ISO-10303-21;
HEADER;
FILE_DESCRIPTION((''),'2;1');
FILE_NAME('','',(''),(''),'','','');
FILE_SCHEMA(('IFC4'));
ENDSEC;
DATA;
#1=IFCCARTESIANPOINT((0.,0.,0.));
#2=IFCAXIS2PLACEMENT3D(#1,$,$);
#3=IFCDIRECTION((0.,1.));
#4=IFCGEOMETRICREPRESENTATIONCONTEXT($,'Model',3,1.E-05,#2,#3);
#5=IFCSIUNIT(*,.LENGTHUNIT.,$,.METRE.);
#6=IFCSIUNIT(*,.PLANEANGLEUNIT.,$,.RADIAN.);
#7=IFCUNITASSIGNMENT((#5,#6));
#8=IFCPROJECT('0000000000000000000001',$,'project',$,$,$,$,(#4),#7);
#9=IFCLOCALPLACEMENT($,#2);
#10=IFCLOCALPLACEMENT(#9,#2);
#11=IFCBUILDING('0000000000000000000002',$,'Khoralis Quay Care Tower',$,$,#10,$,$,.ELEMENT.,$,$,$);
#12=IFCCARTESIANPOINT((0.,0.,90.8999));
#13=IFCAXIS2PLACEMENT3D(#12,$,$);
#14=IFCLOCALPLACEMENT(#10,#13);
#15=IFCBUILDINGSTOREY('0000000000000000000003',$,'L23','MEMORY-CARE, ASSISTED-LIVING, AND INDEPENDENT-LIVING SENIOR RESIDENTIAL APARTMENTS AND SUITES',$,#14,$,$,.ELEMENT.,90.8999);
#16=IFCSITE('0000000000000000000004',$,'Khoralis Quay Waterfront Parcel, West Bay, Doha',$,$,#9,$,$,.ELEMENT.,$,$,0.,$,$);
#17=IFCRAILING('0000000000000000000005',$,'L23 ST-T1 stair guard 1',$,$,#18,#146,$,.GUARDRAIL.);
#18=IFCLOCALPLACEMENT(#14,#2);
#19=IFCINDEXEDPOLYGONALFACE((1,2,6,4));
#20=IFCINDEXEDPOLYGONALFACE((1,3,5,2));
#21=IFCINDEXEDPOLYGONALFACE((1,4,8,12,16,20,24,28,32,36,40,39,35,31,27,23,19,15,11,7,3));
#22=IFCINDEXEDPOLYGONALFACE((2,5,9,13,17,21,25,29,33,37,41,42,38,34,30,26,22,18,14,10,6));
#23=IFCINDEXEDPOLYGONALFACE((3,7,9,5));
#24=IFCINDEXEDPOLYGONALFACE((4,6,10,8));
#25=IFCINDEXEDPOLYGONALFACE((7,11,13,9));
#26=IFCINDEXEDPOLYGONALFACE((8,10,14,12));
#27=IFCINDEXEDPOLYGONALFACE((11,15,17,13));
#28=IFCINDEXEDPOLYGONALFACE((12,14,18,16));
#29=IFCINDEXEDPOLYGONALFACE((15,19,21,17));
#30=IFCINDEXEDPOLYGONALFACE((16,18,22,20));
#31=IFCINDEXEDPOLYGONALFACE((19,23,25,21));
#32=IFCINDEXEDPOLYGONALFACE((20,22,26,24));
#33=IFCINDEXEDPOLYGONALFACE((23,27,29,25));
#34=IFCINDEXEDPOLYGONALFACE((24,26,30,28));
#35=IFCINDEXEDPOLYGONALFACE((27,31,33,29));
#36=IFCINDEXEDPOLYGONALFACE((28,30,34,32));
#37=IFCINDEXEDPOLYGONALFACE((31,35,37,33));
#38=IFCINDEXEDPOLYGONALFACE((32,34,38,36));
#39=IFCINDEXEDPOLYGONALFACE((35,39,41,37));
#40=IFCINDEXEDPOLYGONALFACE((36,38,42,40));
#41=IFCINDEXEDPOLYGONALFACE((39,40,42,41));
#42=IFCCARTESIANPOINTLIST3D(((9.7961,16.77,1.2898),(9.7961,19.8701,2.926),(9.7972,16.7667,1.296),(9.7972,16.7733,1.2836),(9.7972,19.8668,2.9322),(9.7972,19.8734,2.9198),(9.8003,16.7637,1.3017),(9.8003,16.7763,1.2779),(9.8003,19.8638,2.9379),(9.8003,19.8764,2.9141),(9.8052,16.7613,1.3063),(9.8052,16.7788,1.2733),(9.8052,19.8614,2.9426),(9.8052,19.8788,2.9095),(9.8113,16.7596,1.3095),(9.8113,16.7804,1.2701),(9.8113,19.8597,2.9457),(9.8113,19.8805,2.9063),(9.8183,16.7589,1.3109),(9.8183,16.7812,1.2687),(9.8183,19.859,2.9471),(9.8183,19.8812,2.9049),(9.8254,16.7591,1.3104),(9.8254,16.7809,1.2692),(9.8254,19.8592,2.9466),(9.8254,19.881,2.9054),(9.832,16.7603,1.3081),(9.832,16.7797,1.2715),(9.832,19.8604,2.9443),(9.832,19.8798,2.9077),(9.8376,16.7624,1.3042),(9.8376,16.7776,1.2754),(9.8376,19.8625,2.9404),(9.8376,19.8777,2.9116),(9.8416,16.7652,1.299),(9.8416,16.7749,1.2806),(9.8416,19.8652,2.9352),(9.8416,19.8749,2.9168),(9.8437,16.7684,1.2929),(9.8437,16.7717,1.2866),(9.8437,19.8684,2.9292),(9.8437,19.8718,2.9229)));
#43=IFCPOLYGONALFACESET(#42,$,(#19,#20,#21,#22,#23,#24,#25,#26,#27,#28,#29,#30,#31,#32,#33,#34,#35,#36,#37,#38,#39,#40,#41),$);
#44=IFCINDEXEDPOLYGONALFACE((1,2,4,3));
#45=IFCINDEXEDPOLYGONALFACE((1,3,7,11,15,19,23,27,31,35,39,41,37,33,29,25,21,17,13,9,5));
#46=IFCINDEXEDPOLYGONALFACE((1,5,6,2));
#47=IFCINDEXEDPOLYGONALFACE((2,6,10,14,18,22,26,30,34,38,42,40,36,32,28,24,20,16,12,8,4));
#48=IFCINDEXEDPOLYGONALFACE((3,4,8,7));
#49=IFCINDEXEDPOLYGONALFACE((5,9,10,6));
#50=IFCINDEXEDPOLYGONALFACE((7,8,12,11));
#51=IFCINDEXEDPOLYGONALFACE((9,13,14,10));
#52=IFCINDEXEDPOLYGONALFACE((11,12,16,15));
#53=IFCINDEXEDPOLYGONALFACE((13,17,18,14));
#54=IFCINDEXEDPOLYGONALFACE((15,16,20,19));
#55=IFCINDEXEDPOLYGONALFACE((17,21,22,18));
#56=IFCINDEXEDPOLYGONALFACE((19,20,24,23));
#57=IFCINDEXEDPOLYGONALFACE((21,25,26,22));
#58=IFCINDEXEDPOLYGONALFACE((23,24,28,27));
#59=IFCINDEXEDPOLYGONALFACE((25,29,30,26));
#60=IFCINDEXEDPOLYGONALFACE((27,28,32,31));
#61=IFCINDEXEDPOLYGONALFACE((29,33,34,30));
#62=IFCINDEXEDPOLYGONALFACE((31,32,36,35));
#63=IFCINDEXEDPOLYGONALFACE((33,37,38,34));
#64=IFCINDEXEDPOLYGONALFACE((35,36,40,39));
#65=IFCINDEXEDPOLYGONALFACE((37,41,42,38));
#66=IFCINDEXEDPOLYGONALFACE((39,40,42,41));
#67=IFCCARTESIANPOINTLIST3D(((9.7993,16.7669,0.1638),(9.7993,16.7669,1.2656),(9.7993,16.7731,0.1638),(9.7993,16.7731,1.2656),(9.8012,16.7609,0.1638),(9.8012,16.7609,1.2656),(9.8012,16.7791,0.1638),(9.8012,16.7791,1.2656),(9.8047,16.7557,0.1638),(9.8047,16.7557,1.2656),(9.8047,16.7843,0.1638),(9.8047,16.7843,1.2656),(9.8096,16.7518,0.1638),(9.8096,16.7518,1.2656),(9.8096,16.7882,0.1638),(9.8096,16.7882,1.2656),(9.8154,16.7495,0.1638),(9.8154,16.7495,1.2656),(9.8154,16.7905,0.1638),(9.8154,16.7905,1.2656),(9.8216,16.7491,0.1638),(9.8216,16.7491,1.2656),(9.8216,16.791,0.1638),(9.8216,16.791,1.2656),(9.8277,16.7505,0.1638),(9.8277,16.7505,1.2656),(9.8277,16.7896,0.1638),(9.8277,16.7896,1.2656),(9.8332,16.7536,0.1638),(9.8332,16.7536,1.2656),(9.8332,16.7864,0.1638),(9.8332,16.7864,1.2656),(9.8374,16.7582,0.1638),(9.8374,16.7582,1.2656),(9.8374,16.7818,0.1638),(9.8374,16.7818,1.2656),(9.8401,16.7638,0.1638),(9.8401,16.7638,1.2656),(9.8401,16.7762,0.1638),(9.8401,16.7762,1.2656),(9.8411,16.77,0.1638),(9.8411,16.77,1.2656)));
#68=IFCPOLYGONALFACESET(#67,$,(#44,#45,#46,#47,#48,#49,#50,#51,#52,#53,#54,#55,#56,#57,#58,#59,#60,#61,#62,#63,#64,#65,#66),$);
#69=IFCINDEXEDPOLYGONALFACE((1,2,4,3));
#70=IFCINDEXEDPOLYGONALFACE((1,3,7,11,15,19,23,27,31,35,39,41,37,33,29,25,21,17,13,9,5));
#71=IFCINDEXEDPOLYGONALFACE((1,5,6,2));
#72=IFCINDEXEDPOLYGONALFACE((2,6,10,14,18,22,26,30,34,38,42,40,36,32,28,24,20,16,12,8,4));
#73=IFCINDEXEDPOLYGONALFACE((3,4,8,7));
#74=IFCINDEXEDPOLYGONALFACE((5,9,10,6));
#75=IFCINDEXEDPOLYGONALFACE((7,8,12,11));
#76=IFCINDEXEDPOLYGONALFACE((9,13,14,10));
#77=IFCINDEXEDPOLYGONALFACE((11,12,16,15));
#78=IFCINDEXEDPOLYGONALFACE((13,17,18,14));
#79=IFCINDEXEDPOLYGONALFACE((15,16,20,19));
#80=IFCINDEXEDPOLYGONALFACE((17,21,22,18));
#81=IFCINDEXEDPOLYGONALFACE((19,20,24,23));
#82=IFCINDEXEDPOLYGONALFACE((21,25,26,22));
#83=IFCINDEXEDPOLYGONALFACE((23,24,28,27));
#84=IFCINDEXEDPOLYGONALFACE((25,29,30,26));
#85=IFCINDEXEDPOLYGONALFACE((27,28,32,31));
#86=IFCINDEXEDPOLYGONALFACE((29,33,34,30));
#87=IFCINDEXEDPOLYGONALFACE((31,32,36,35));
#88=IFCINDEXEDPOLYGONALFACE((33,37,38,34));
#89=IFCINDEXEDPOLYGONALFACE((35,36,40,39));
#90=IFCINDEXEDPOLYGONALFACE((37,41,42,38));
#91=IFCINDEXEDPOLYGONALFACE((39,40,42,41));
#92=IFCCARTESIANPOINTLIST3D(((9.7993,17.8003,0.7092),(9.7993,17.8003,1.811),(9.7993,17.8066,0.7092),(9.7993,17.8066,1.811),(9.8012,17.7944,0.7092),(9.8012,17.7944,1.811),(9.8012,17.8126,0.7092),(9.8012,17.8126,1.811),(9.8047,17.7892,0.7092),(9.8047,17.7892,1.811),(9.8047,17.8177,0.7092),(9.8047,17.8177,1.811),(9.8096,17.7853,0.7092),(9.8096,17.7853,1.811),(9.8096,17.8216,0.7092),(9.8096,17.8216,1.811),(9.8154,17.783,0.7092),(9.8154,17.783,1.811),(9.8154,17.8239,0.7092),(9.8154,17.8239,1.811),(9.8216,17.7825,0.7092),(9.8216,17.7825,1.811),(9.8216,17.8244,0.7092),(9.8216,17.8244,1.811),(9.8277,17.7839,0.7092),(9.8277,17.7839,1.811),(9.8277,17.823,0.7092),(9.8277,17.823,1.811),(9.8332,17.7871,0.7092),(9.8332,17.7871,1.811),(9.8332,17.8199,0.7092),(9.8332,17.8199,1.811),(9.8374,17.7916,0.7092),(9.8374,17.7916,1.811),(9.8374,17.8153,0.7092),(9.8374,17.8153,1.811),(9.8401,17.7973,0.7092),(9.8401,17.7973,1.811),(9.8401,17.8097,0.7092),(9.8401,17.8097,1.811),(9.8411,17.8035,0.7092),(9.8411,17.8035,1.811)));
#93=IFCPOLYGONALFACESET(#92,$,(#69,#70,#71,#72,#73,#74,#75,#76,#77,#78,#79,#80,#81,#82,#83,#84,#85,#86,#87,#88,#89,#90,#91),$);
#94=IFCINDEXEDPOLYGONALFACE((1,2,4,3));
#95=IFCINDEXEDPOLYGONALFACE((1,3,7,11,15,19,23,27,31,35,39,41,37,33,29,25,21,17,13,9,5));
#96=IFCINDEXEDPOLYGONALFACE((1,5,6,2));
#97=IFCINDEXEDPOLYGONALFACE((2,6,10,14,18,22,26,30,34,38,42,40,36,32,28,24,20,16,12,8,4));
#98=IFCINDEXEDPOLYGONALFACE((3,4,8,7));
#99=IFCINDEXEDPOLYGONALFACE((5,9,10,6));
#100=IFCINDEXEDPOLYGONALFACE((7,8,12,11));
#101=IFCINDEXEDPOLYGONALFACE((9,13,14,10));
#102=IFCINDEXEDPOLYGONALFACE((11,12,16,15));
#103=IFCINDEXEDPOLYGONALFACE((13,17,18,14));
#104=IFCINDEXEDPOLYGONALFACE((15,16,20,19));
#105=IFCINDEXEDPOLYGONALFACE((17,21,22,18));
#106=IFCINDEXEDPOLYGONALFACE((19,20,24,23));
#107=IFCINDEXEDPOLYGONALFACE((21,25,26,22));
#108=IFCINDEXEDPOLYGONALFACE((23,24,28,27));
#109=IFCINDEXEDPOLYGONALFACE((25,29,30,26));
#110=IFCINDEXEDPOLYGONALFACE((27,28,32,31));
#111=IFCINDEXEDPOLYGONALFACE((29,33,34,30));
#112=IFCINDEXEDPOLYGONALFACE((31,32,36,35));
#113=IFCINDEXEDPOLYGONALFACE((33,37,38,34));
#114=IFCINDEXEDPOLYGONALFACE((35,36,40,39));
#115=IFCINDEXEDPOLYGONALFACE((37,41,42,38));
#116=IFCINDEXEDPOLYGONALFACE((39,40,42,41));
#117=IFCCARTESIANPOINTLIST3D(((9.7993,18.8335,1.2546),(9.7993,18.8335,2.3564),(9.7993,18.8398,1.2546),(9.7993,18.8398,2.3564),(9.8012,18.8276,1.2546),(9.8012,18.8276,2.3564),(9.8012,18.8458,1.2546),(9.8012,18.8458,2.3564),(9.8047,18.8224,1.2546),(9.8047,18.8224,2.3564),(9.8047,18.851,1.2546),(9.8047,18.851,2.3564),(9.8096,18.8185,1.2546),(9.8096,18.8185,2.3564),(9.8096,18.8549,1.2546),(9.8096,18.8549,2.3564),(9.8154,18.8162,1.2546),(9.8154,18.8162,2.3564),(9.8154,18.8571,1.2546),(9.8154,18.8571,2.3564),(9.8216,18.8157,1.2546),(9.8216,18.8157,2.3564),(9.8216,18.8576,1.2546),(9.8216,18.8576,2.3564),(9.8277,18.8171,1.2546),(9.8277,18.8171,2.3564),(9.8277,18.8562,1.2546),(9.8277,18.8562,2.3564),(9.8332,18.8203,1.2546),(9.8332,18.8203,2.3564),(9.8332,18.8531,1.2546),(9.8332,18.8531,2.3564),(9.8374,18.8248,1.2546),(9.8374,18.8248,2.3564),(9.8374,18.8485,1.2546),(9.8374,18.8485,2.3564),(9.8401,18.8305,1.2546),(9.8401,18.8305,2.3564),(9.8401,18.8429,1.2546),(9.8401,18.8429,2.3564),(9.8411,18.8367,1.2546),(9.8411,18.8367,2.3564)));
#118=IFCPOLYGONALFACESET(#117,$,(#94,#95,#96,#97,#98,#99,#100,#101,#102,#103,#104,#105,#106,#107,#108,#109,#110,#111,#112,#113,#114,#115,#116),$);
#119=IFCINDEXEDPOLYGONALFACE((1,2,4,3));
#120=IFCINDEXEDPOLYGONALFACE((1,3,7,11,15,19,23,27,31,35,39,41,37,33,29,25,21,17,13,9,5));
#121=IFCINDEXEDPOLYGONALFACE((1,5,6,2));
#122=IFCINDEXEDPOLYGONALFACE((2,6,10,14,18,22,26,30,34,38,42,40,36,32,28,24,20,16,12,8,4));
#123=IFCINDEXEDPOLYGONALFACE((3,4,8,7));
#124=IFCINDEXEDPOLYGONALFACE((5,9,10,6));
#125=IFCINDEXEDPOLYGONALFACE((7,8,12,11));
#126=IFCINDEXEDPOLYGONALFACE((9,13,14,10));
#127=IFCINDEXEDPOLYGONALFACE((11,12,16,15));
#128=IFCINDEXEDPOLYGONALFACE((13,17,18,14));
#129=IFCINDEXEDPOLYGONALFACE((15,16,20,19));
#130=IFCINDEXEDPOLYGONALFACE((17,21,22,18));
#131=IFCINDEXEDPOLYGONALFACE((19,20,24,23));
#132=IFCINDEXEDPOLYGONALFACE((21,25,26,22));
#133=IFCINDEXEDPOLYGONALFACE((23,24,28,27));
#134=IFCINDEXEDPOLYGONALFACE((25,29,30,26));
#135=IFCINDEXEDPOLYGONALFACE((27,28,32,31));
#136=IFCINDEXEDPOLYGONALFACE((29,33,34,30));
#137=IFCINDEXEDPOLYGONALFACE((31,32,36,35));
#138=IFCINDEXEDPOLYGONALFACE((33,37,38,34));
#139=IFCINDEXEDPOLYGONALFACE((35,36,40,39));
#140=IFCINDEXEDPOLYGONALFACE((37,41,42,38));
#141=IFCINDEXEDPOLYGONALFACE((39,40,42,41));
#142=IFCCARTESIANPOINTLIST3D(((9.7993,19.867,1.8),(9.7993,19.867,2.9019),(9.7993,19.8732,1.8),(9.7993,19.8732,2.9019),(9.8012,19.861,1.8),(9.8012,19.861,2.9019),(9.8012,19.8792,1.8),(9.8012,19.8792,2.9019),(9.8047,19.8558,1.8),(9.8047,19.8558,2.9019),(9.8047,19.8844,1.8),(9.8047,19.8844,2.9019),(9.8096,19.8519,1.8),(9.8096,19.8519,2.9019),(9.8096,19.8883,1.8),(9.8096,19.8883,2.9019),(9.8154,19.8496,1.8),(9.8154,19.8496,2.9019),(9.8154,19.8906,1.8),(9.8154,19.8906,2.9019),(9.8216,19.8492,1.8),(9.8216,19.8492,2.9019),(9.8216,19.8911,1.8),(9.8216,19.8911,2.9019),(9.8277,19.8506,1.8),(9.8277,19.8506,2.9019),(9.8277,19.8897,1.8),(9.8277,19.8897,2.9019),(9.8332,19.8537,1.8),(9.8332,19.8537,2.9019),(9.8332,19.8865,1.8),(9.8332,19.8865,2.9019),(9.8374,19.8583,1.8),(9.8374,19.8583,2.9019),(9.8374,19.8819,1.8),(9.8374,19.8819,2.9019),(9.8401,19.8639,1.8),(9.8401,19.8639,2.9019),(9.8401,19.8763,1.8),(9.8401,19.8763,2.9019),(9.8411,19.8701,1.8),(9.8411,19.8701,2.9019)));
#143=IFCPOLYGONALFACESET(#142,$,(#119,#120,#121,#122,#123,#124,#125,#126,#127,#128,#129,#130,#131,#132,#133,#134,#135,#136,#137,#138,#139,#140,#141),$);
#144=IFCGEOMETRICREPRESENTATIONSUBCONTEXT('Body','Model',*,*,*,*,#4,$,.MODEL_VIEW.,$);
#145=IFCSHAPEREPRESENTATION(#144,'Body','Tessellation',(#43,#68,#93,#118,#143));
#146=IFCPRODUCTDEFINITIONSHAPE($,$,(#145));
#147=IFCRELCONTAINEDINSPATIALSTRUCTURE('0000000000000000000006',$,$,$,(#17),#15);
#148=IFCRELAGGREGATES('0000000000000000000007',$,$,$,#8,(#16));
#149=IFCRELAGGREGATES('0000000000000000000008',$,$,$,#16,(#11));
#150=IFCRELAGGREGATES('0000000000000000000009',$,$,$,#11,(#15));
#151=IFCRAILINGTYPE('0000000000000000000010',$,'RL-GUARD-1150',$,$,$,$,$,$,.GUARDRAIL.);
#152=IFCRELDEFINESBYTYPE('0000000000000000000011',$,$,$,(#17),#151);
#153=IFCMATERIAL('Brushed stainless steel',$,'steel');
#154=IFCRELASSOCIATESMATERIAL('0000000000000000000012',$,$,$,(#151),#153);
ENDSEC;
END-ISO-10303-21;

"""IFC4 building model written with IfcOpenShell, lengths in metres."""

from ifc_helpers import new_model, si_unit, direction, frame, origin, origin_2d, place, context, subcontext, project, spatial, circle, extrude, material, type_object, element, save


model = new_model("IFC4")

# Units and contexts
model_context = context("Model", 3, precision=1e-05, world=origin(), true_north=direction((0.0, 1.0)))
body_context = subcontext(model_context, "Body", "Model", "MODEL_VIEW")
ifc_project = project(units=[si_unit("LENGTHUNIT", "METRE"), si_unit("PLANEANGLEUNIT", "RADIAN")], contexts=[model_context])

# Site, building, storey
site_placement = place(None, origin())
site = spatial("IfcSite", under=ifc_project, at=site_placement, Name="Khoralis Quay Waterfront Parcel, West Bay, Doha", CompositionType="ELEMENT", RefElevation=0.0)
building_placement = place(site_placement, origin())
building = spatial("IfcBuilding", under=site, at=building_placement, Name="Khoralis Quay Care Tower", CompositionType="ELEMENT")
storey_placement = place(building_placement, frame((0.0, 0.0, 90.8999)))
storey = spatial("IfcBuildingStorey", under=building, at=storey_placement, Name="L23", Description="MEMORY-CARE, ASSISTED-LIVING, AND INDEPENDENT-LIVING SENIOR RESIDENTIAL APARTMENTS AND SUITES", CompositionType="ELEMENT", Elevation=90.8999)

# Shared definitions
ifc_material_1 = material(Name="Brushed stainless steel", Category="steel")

# Railing
railing_type_1 = type_object("IfcRailingType", Name="RL-GUARD-1150", PredefinedType="GUARDRAIL", material=ifc_material_1)
railing_1_placement = place(storey_placement, frame((9.8201, 16.77, 0.1638)))
element("IfcRailing", 1, at=railing_1_placement, inside=storey, type_object=railing_type_1, Name="L23 ST-T1 stair guard 1", PredefinedType="GUARDRAIL", context=body_context, shape_type="SweptSolid", body=[
    extrude(circle(Radius=0.0239, at=origin_2d()), frame((0.0, 0.0, 1.126), z_axis=(0.0, 0.884377, 0.466774), x_axis=(-1.0, 0.0, 0.0)), (0.0, 0.0, 1.0), 3.5054),
    extrude(circle(Radius=0.021, at=origin_2d()), origin(), (0.0, 0.0, 1.0), 1.1018),
    extrude(circle(Radius=0.021, at=origin_2d()), frame((0.0, 1.0334, 0.5454)), (0.0, 0.0, 1.0), 1.1018),
    extrude(circle(Radius=0.021, at=origin_2d()), frame((0.0, 2.0667, 1.0908)), (0.0, 0.0, 1.0), 1.1018),
    extrude(circle(Radius=0.021, at=origin_2d()), frame((0.0, 3.1001, 1.6362)), (0.0, 0.0, 1.0), 1.1018),
])

save(model, "model.ifc")
